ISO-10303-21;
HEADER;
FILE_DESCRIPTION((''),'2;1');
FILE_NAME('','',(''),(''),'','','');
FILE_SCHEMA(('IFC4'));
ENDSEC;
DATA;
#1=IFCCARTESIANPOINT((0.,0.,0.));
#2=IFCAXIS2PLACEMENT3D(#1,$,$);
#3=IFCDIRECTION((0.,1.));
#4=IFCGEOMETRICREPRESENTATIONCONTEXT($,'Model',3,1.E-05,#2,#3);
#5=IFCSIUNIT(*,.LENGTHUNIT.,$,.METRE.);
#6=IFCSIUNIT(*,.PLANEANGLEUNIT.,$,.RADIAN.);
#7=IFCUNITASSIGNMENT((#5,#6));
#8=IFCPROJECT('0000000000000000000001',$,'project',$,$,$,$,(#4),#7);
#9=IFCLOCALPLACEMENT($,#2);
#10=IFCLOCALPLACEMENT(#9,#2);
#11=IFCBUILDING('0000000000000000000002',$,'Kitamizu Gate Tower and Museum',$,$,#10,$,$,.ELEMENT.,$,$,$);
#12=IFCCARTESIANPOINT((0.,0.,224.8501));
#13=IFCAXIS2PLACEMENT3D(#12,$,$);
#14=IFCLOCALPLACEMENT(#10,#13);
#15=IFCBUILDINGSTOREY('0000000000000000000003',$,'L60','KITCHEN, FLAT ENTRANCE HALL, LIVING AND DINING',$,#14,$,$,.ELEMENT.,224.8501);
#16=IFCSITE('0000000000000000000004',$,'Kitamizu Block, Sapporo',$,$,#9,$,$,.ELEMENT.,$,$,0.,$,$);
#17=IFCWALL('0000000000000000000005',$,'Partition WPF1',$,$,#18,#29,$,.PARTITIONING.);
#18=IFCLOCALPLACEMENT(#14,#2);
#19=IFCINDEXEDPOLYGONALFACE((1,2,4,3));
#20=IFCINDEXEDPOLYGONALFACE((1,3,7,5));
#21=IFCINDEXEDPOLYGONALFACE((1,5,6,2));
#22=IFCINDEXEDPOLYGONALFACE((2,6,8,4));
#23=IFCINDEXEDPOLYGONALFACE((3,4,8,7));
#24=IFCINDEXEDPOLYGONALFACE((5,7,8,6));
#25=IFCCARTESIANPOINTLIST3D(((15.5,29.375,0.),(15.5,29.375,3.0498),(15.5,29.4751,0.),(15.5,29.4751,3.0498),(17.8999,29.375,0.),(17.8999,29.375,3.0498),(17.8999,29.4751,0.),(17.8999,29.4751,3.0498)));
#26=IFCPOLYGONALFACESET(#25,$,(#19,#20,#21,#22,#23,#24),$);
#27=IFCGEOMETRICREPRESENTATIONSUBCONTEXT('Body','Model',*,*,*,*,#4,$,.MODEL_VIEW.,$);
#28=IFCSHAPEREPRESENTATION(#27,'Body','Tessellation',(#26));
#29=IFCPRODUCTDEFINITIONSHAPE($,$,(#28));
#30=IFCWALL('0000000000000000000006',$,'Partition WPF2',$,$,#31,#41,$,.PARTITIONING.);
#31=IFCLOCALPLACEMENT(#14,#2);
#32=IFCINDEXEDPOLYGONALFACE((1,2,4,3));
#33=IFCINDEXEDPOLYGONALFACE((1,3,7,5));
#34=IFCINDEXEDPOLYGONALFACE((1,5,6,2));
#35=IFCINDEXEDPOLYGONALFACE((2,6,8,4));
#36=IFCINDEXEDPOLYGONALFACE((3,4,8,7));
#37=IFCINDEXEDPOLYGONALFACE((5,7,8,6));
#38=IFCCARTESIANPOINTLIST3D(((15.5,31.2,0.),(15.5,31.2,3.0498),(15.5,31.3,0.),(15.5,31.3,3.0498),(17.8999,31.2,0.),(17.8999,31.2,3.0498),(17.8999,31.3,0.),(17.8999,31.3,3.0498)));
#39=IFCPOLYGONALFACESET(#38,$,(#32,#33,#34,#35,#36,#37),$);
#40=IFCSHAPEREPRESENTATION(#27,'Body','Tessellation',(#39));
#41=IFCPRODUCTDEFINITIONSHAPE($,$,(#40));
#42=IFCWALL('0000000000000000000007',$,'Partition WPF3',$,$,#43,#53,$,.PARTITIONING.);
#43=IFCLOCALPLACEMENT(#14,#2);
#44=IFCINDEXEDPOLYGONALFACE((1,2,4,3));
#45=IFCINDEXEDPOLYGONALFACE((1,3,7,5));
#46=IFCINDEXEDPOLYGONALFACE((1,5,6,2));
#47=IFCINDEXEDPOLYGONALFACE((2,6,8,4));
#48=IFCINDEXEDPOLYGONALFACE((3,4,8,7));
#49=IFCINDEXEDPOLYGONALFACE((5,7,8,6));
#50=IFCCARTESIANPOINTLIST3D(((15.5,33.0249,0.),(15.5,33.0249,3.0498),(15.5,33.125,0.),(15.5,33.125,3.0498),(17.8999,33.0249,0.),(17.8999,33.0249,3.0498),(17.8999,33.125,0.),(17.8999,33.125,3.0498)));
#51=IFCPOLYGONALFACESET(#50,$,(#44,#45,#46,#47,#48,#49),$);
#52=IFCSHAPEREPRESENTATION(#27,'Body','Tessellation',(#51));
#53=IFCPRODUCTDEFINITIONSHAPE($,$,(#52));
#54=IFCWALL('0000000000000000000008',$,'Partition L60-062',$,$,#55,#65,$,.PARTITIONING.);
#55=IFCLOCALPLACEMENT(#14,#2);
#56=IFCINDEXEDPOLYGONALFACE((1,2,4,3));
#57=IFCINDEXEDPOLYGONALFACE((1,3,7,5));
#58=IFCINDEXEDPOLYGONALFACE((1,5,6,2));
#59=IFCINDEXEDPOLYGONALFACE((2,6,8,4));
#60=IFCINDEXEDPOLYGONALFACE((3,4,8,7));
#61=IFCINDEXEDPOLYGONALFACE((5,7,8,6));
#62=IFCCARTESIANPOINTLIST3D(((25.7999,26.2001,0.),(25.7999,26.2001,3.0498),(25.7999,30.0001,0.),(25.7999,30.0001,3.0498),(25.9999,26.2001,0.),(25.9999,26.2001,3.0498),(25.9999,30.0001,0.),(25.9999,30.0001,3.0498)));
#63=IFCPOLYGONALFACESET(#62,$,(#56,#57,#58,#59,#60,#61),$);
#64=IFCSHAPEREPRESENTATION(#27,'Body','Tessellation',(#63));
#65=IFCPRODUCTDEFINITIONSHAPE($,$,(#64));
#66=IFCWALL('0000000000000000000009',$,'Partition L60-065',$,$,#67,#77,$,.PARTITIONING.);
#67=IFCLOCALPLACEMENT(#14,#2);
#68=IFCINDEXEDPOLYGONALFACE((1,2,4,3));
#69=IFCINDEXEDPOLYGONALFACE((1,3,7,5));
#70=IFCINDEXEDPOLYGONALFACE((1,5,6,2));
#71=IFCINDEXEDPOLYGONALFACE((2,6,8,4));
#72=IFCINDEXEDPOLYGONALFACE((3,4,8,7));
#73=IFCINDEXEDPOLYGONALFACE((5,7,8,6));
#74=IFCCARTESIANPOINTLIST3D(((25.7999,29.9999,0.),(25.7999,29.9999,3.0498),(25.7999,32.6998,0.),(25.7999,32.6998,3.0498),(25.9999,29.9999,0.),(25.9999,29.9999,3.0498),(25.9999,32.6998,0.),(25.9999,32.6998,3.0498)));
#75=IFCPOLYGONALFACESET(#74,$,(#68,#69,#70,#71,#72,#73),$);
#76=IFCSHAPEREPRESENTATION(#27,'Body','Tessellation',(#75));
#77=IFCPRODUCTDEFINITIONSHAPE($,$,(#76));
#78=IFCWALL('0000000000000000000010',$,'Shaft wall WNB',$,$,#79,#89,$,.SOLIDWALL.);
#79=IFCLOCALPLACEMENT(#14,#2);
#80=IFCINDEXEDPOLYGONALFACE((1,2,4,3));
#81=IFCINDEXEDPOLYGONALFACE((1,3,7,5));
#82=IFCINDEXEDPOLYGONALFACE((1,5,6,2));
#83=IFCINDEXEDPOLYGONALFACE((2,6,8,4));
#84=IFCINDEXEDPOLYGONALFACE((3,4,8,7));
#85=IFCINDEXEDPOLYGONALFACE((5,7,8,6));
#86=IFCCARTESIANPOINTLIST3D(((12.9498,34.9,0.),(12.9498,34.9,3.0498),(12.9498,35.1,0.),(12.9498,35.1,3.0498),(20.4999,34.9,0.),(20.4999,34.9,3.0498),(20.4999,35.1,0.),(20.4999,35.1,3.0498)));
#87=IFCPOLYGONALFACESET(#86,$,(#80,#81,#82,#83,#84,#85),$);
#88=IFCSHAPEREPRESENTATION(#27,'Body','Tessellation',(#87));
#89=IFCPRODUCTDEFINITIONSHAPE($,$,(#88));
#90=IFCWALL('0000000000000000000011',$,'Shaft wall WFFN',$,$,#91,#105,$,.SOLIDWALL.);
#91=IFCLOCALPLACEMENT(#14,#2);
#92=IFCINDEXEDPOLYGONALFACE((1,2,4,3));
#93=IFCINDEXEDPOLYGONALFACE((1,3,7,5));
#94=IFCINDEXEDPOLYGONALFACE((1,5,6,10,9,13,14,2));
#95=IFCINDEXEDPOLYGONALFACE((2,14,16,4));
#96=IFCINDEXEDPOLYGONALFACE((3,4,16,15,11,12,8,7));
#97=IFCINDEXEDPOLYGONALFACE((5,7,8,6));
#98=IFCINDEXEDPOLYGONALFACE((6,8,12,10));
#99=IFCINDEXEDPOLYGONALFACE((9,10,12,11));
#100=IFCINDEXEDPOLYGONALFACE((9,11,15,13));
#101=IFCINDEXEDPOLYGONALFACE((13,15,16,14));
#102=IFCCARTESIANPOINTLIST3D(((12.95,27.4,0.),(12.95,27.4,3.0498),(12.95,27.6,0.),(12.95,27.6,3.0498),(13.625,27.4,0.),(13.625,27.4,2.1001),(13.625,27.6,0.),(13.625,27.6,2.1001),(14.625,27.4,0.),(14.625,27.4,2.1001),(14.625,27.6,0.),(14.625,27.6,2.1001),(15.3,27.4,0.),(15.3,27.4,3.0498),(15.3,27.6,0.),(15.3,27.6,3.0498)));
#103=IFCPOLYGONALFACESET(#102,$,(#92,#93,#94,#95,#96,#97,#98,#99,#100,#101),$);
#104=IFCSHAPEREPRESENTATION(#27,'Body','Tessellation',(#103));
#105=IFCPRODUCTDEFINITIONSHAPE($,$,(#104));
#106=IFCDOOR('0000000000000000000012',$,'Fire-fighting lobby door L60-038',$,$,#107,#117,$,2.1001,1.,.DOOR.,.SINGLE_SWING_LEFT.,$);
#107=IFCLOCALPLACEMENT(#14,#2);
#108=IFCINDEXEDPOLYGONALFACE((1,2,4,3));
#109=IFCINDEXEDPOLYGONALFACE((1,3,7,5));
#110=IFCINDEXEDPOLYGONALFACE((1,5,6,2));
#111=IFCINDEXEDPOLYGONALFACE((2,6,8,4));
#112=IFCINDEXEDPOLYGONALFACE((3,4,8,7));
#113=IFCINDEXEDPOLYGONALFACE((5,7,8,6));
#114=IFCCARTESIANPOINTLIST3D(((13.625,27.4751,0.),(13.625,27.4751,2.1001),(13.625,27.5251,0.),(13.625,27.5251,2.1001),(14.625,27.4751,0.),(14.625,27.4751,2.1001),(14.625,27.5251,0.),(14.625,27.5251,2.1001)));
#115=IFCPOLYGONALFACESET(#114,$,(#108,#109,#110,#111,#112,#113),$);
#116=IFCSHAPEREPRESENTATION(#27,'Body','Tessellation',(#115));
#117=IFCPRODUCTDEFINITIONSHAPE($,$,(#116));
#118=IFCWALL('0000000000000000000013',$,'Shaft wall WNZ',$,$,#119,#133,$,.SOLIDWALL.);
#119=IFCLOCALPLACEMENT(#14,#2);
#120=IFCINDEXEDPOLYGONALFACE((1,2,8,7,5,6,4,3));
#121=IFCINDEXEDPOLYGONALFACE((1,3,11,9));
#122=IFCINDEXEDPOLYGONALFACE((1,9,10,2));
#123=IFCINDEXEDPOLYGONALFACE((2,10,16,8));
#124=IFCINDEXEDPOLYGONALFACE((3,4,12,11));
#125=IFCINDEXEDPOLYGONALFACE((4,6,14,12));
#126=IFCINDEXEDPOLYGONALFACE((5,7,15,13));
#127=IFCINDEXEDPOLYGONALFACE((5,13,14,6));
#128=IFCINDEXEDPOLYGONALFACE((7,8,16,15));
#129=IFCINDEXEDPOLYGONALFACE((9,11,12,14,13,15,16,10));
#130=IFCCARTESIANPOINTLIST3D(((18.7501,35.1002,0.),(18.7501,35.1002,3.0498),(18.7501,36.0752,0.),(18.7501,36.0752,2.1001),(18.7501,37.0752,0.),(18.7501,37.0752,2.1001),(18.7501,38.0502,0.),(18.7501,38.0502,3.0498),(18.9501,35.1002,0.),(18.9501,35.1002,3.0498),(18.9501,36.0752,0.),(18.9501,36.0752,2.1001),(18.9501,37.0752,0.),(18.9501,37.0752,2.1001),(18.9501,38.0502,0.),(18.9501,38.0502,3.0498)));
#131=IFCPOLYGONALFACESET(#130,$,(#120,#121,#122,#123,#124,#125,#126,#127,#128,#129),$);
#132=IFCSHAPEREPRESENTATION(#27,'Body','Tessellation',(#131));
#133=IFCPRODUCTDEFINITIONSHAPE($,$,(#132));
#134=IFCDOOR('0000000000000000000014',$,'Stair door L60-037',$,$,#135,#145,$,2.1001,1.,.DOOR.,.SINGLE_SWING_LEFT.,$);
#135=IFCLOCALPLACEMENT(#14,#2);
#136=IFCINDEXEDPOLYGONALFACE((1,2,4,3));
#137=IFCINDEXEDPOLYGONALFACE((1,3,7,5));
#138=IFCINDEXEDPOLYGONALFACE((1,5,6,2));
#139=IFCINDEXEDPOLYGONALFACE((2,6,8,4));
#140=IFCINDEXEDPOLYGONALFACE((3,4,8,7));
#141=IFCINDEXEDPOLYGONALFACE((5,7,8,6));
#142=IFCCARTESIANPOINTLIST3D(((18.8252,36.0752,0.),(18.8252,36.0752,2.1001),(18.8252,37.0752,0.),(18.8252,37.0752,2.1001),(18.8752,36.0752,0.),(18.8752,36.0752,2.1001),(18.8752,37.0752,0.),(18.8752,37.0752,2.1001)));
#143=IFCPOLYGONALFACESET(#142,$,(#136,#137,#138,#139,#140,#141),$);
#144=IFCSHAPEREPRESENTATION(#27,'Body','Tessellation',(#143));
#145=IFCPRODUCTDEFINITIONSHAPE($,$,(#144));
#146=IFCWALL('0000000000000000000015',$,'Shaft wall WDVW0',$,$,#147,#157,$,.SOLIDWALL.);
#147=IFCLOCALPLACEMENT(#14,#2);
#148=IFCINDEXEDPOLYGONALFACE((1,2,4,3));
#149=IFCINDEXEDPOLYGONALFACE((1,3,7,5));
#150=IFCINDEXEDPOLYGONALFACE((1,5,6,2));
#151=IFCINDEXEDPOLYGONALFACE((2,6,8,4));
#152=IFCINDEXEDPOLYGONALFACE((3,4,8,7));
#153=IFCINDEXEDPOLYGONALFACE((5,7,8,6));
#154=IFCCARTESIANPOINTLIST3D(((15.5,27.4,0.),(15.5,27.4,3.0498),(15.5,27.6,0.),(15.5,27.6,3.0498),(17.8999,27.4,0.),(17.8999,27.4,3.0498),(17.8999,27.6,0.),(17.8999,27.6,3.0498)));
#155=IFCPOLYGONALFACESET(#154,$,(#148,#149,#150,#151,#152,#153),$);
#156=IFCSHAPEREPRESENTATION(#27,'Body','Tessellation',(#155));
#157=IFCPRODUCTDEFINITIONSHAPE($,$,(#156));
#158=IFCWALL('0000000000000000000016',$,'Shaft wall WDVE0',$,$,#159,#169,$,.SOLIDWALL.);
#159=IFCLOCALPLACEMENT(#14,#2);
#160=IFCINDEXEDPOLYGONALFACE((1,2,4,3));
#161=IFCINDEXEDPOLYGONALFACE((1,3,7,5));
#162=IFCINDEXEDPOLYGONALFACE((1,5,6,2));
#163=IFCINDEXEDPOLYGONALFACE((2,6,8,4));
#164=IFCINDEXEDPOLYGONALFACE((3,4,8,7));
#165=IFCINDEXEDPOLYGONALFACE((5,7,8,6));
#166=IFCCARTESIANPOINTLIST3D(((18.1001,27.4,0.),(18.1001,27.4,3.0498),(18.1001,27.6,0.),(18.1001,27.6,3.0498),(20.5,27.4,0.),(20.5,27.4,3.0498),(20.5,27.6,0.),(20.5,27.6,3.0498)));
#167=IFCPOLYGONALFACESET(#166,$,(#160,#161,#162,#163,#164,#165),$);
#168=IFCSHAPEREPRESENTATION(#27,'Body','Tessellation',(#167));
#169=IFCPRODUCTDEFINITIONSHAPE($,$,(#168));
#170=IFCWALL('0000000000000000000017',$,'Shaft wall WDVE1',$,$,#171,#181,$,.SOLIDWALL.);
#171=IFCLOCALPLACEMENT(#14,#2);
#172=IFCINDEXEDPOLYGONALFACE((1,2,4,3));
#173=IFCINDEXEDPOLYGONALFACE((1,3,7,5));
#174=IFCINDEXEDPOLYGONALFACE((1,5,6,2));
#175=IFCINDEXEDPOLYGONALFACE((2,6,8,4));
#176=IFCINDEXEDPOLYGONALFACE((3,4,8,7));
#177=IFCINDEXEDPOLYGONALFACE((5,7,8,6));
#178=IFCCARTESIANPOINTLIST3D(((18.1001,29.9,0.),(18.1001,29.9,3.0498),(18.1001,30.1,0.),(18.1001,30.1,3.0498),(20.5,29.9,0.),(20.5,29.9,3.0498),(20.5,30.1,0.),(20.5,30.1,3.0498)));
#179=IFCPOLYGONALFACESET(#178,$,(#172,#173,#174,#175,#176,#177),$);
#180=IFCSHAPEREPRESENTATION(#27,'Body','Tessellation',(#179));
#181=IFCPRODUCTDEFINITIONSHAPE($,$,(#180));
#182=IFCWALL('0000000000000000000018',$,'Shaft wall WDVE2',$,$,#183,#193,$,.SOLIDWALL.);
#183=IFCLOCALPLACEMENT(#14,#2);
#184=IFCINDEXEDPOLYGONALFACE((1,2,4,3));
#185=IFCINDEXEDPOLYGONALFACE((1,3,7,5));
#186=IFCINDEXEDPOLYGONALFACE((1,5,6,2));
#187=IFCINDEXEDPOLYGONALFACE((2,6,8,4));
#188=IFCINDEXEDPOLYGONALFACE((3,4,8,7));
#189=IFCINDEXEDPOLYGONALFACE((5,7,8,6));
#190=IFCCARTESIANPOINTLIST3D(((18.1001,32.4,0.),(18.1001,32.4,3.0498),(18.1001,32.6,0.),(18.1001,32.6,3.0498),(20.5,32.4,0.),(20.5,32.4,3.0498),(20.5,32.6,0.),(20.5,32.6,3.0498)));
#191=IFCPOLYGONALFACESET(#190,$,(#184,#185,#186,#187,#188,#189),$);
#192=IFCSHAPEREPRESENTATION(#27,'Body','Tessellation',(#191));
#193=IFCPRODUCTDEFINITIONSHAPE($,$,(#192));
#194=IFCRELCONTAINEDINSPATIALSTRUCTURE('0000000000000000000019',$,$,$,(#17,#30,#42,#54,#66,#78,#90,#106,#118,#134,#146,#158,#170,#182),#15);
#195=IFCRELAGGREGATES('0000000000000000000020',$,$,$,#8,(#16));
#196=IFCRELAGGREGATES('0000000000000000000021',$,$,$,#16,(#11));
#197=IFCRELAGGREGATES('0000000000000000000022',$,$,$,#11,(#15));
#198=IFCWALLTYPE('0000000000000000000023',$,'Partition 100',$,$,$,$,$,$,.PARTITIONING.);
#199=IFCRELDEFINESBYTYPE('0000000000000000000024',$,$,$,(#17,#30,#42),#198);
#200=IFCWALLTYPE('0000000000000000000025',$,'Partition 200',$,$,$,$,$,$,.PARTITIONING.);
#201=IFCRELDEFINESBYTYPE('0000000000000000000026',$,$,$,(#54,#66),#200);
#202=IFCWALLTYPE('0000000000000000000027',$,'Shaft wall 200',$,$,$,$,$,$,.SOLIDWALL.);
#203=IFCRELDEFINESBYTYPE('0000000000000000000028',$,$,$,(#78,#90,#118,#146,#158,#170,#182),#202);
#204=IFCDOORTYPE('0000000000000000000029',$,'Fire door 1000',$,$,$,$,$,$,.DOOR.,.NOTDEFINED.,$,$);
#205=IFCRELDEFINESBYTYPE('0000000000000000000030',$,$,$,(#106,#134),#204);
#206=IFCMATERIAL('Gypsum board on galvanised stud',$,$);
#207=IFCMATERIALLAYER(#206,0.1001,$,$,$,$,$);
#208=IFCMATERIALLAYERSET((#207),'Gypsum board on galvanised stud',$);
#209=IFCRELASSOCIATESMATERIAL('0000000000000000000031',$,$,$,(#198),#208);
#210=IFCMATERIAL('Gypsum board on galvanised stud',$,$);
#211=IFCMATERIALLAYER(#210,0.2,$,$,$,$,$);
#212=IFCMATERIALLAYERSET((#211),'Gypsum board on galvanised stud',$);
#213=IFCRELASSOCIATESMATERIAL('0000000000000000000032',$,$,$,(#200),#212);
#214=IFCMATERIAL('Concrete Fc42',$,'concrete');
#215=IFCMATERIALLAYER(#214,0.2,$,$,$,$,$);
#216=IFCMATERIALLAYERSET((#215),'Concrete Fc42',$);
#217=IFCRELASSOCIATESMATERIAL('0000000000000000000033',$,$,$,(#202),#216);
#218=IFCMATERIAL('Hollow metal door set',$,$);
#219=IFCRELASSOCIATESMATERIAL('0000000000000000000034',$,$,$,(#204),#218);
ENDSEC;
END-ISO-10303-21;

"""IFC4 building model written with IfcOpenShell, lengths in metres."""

from ifc_helpers import new_model, si_unit, direction, frame, frame_2d, origin, place, context, subcontext, project, spatial, rectangle, extrude, material, layer, layer_set, type_object, element, fill, save


model = new_model("IFC4")

# Units and contexts
model_context = context("Model", 3, precision=1e-05, world=origin(), true_north=direction((0.0, 1.0)))
body_context = subcontext(model_context, "Body", "Model", "MODEL_VIEW")
ifc_project = project(units=[si_unit("LENGTHUNIT", "METRE"), si_unit("PLANEANGLEUNIT", "RADIAN")], contexts=[model_context])

# Site, building, storey
site_placement = place(None, origin())
site = spatial("IfcSite", under=ifc_project, at=site_placement, Name="Kitamizu Block, Sapporo", CompositionType="ELEMENT", RefElevation=0.0)
building_placement = place(site_placement, origin())
building = spatial("IfcBuilding", under=site, at=building_placement, Name="Kitamizu Gate Tower and Museum", CompositionType="ELEMENT")
storey_placement = place(building_placement, frame((0.0, 0.0, 224.8501)))
storey = spatial("IfcBuildingStorey", under=building, at=storey_placement, Name="L60", Description="KITCHEN, FLAT ENTRANCE HALL, LIVING AND DINING", CompositionType="ELEMENT", Elevation=224.8501)

# Walls
ifc_material_1 = material(Name="Gypsum board on galvanised stud")
ifc_layer_1 = layer(ifc_material_1, 0.1001)
ifc_layer_set_1 = layer_set([ifc_layer_1], Name="Gypsum board on galvanised stud")
wall_type_1 = type_object("IfcWallType", Name="Partition 100", PredefinedType="PARTITIONING", material=ifc_layer_set_1)
for number, where, z_axis, x_axis, name in (
    (1, (15.5, 29.425, 0.0), (0.0, 0.0, 1.0), (1.0, 0.0, 0.0), "Partition WPF1"),
    (2, (15.5, 31.25, 0.0), (0.0, 0.0, 1.0), (1.0, 0.0, 0.0), "Partition WPF2"),
    (3, (15.5, 33.075, 0.0), (0.0, 0.0, 1.0), (1.0, 0.0, 0.0), "Partition WPF3"),
):
    element("IfcWall", number, at=place(storey_placement, frame(where, z_axis=z_axis, x_axis=x_axis)), inside=storey, type_object=wall_type_1, Name=name, PredefinedType="PARTITIONING", context=body_context, shape_type="SweptSolid", body=[
        extrude(rectangle(XDim=2.3999, YDim=0.1001, at=frame_2d((1.2, 0.0))), origin(), (0.0, 0.0, 1.0), 3.0498),
    ])
ifc_material_2 = material(Name="Gypsum board on galvanised stud")
ifc_layer_2 = layer(ifc_material_2, 0.2)
ifc_layer_set_2 = layer_set([ifc_layer_2], Name="Gypsum board on galvanised stud")
wall_type_2 = type_object("IfcWallType", Name="Partition 200", PredefinedType="PARTITIONING", material=ifc_layer_set_2)
wall_1_placement = place(storey_placement, frame((25.8999, 30.0, 0.0), z_axis=(0.0, 0.0, 1.0), x_axis=(0.0, -1.0, 0.0)))
element("IfcWall", 4, at=wall_1_placement, inside=storey, type_object=wall_type_2, Name="Partition L60-062", PredefinedType="PARTITIONING", context=body_context, shape_type="SweptSolid", body=[
    extrude(rectangle(XDim=3.8, YDim=0.2, at=frame_2d((1.8999, 0.0))), origin(), (0.0, 0.0, 1.0), 3.0498),
])
wall_2_placement = place(storey_placement, frame((25.8999, 32.7, 0.0), z_axis=(0.0, 0.0, 1.0), x_axis=(0.0, -1.0, 0.0)))
element("IfcWall", 5, at=wall_2_placement, inside=storey, type_object=wall_type_2, Name="Partition L60-065", PredefinedType="PARTITIONING", context=body_context, shape_type="SweptSolid", body=[
    extrude(rectangle(XDim=2.7, YDim=0.2, at=frame_2d((1.3501, 0.0))), origin(), (0.0, 0.0, 1.0), 3.0498),
])
ifc_material_3 = material(Name="Concrete Fc42", Category="concrete")
ifc_layer_3 = layer(ifc_material_3, 0.2)
ifc_layer_set_3 = layer_set([ifc_layer_3], Name="Concrete Fc42")
wall_type_3 = type_object("IfcWallType", Name="Shaft wall 200", PredefinedType="SOLIDWALL", material=ifc_layer_set_3)
wall_3_placement = place(storey_placement, frame((12.95, 35.0, 0.0), z_axis=(0.0, 0.0, 1.0), x_axis=(1.0, 0.0, 0.0)))
element("IfcWall", 6, at=wall_3_placement, inside=storey, type_object=wall_type_3, Name="Shaft wall WNB", PredefinedType="SOLIDWALL", context=body_context, shape_type="SweptSolid", body=[
    extrude(rectangle(XDim=7.55, YDim=0.2, at=frame_2d((3.7749, 0.0))), origin(), (0.0, 0.0, 1.0), 3.0498),
])

# Walls, openings, doors
wall_4_placement = place(storey_placement, frame((12.95, 27.5, 0.0), z_axis=(0.0, 0.0, 1.0), x_axis=(1.0, 0.0, 0.0)))
wall_4 = element("IfcWall", 7, at=wall_4_placement, inside=storey, type_object=wall_type_3, Name="Shaft wall WFFN", PredefinedType="SOLIDWALL", context=body_context, shape_type="SweptSolid", body=[
    extrude(rectangle(XDim=2.3501, YDim=0.2, at=frame_2d((1.175, 0.0))), origin(), (0.0, 0.0, 1.0), 3.0498),
])
opening_1_placement = place(wall_4_placement, frame((0.675, 0.0, 0.0)))
opening_1 = element("IfcOpeningElement", 8, at=opening_1_placement, cuts=wall_4, PredefinedType="OPENING", context=body_context, shape_type="SweptSolid", body=[
    extrude(rectangle(XDim=1.0, YDim=2.1001, at=frame_2d((0.5, 1.05))), frame((0.0, 0.1099, 0.0), z_axis=(0.0, -1.0, 0.0), x_axis=(1.0, 0.0, 0.0)), (0.0, 0.0, 1.0), 0.22),
])
ifc_material_4 = material(Name="Hollow metal door set")
door_type = type_object("IfcDoorType", Name="Fire door 1000", OperationType="NOTDEFINED", PredefinedType="DOOR", material=ifc_material_4)
door_1_placement = place(opening_1_placement, frame((1.0, 0.0, 0.0), x_axis=(-1.0, 0.0, 0.0)))
door_1 = element("IfcDoor", 9, at=door_1_placement, inside=storey, type_object=door_type, Name="Fire-fighting lobby door L60-038", OperationType="SINGLE_SWING_LEFT", OverallHeight=2.1001, OverallWidth=1.0, PredefinedType="DOOR", context=body_context, shape_type="SweptSolid", body=[
    extrude(rectangle(XDim=1.0, YDim=2.1001, at=frame_2d((0.5, 1.05))), frame((0.0, 0.0249, 0.0), z_axis=(0.0, -1.0, 0.0), x_axis=(1.0, 0.0, 0.0)), (0.0, 0.0, 1.0), 0.05),
])
fill(opening_1, door_1)
wall_5_placement = place(storey_placement, frame((18.8501, 35.1001, 0.0), z_axis=(0.0, 0.0, 1.0), x_axis=(0.0, 1.0, 0.0)))
wall_5 = element("IfcWall", 10, at=wall_5_placement, inside=storey, type_object=wall_type_3, Name="Shaft wall WNZ", PredefinedType="SOLIDWALL", context=body_context, shape_type="SweptSolid", body=[
    extrude(rectangle(XDim=2.95, YDim=0.2, at=frame_2d((1.4751, 0.0))), origin(), (0.0, 0.0, 1.0), 3.0498),
])
opening_2_placement = place(wall_5_placement, frame((0.9751, 0.0, 0.0)))
opening_2 = element("IfcOpeningElement", 11, at=opening_2_placement, cuts=wall_5, PredefinedType="OPENING", context=body_context, shape_type="SweptSolid", body=[
    extrude(rectangle(XDim=1.0, YDim=2.1001, at=frame_2d((0.5, 1.05))), frame((0.0, 0.1099, 0.0), z_axis=(0.0, -1.0, 0.0), x_axis=(1.0, 0.0, 0.0)), (0.0, 0.0, 1.0), 0.22),
])
door_2_placement = place(opening_2_placement, origin())
door_2 = element("IfcDoor", 12, at=door_2_placement, inside=storey, type_object=door_type, Name="Stair door L60-037", OperationType="SINGLE_SWING_LEFT", OverallHeight=2.1001, OverallWidth=1.0, PredefinedType="DOOR", context=body_context, shape_type="SweptSolid", body=[
    extrude(rectangle(XDim=1.0, YDim=2.1001, at=frame_2d((0.5, 1.05))), frame((0.0, 0.0249, 0.0), z_axis=(0.0, -1.0, 0.0), x_axis=(1.0, 0.0, 0.0)), (0.0, 0.0, 1.0), 0.05),
])
fill(opening_2, door_2)

# Walls
for number, where, z_axis, x_axis, name in (
    (13, (15.5, 27.5, 0.0), (0.0, 0.0, 1.0), (1.0, 0.0, 0.0), "Shaft wall WDVW0"),
    (14, (18.1001, 27.5, 0.0), (0.0, 0.0, 1.0), (1.0, 0.0, 0.0), "Shaft wall WDVE0"),
    (15, (18.1001, 30.0, 0.0), (0.0, 0.0, 1.0), (1.0, 0.0, 0.0), "Shaft wall WDVE1"),
    (16, (18.1001, 32.5, 0.0), (0.0, 0.0, 1.0), (1.0, 0.0, 0.0), "Shaft wall WDVE2"),
):
    element("IfcWall", number, at=place(storey_placement, frame(where, z_axis=z_axis, x_axis=x_axis)), inside=storey, type_object=wall_type_3, Name=name, PredefinedType="SOLIDWALL", context=body_context, shape_type="SweptSolid", body=[
        extrude(rectangle(XDim=2.3999, YDim=0.2, at=frame_2d((1.2, 0.0))), origin(), (0.0, 0.0, 1.0), 3.0498),
    ])

save(model, "model.ifc")
